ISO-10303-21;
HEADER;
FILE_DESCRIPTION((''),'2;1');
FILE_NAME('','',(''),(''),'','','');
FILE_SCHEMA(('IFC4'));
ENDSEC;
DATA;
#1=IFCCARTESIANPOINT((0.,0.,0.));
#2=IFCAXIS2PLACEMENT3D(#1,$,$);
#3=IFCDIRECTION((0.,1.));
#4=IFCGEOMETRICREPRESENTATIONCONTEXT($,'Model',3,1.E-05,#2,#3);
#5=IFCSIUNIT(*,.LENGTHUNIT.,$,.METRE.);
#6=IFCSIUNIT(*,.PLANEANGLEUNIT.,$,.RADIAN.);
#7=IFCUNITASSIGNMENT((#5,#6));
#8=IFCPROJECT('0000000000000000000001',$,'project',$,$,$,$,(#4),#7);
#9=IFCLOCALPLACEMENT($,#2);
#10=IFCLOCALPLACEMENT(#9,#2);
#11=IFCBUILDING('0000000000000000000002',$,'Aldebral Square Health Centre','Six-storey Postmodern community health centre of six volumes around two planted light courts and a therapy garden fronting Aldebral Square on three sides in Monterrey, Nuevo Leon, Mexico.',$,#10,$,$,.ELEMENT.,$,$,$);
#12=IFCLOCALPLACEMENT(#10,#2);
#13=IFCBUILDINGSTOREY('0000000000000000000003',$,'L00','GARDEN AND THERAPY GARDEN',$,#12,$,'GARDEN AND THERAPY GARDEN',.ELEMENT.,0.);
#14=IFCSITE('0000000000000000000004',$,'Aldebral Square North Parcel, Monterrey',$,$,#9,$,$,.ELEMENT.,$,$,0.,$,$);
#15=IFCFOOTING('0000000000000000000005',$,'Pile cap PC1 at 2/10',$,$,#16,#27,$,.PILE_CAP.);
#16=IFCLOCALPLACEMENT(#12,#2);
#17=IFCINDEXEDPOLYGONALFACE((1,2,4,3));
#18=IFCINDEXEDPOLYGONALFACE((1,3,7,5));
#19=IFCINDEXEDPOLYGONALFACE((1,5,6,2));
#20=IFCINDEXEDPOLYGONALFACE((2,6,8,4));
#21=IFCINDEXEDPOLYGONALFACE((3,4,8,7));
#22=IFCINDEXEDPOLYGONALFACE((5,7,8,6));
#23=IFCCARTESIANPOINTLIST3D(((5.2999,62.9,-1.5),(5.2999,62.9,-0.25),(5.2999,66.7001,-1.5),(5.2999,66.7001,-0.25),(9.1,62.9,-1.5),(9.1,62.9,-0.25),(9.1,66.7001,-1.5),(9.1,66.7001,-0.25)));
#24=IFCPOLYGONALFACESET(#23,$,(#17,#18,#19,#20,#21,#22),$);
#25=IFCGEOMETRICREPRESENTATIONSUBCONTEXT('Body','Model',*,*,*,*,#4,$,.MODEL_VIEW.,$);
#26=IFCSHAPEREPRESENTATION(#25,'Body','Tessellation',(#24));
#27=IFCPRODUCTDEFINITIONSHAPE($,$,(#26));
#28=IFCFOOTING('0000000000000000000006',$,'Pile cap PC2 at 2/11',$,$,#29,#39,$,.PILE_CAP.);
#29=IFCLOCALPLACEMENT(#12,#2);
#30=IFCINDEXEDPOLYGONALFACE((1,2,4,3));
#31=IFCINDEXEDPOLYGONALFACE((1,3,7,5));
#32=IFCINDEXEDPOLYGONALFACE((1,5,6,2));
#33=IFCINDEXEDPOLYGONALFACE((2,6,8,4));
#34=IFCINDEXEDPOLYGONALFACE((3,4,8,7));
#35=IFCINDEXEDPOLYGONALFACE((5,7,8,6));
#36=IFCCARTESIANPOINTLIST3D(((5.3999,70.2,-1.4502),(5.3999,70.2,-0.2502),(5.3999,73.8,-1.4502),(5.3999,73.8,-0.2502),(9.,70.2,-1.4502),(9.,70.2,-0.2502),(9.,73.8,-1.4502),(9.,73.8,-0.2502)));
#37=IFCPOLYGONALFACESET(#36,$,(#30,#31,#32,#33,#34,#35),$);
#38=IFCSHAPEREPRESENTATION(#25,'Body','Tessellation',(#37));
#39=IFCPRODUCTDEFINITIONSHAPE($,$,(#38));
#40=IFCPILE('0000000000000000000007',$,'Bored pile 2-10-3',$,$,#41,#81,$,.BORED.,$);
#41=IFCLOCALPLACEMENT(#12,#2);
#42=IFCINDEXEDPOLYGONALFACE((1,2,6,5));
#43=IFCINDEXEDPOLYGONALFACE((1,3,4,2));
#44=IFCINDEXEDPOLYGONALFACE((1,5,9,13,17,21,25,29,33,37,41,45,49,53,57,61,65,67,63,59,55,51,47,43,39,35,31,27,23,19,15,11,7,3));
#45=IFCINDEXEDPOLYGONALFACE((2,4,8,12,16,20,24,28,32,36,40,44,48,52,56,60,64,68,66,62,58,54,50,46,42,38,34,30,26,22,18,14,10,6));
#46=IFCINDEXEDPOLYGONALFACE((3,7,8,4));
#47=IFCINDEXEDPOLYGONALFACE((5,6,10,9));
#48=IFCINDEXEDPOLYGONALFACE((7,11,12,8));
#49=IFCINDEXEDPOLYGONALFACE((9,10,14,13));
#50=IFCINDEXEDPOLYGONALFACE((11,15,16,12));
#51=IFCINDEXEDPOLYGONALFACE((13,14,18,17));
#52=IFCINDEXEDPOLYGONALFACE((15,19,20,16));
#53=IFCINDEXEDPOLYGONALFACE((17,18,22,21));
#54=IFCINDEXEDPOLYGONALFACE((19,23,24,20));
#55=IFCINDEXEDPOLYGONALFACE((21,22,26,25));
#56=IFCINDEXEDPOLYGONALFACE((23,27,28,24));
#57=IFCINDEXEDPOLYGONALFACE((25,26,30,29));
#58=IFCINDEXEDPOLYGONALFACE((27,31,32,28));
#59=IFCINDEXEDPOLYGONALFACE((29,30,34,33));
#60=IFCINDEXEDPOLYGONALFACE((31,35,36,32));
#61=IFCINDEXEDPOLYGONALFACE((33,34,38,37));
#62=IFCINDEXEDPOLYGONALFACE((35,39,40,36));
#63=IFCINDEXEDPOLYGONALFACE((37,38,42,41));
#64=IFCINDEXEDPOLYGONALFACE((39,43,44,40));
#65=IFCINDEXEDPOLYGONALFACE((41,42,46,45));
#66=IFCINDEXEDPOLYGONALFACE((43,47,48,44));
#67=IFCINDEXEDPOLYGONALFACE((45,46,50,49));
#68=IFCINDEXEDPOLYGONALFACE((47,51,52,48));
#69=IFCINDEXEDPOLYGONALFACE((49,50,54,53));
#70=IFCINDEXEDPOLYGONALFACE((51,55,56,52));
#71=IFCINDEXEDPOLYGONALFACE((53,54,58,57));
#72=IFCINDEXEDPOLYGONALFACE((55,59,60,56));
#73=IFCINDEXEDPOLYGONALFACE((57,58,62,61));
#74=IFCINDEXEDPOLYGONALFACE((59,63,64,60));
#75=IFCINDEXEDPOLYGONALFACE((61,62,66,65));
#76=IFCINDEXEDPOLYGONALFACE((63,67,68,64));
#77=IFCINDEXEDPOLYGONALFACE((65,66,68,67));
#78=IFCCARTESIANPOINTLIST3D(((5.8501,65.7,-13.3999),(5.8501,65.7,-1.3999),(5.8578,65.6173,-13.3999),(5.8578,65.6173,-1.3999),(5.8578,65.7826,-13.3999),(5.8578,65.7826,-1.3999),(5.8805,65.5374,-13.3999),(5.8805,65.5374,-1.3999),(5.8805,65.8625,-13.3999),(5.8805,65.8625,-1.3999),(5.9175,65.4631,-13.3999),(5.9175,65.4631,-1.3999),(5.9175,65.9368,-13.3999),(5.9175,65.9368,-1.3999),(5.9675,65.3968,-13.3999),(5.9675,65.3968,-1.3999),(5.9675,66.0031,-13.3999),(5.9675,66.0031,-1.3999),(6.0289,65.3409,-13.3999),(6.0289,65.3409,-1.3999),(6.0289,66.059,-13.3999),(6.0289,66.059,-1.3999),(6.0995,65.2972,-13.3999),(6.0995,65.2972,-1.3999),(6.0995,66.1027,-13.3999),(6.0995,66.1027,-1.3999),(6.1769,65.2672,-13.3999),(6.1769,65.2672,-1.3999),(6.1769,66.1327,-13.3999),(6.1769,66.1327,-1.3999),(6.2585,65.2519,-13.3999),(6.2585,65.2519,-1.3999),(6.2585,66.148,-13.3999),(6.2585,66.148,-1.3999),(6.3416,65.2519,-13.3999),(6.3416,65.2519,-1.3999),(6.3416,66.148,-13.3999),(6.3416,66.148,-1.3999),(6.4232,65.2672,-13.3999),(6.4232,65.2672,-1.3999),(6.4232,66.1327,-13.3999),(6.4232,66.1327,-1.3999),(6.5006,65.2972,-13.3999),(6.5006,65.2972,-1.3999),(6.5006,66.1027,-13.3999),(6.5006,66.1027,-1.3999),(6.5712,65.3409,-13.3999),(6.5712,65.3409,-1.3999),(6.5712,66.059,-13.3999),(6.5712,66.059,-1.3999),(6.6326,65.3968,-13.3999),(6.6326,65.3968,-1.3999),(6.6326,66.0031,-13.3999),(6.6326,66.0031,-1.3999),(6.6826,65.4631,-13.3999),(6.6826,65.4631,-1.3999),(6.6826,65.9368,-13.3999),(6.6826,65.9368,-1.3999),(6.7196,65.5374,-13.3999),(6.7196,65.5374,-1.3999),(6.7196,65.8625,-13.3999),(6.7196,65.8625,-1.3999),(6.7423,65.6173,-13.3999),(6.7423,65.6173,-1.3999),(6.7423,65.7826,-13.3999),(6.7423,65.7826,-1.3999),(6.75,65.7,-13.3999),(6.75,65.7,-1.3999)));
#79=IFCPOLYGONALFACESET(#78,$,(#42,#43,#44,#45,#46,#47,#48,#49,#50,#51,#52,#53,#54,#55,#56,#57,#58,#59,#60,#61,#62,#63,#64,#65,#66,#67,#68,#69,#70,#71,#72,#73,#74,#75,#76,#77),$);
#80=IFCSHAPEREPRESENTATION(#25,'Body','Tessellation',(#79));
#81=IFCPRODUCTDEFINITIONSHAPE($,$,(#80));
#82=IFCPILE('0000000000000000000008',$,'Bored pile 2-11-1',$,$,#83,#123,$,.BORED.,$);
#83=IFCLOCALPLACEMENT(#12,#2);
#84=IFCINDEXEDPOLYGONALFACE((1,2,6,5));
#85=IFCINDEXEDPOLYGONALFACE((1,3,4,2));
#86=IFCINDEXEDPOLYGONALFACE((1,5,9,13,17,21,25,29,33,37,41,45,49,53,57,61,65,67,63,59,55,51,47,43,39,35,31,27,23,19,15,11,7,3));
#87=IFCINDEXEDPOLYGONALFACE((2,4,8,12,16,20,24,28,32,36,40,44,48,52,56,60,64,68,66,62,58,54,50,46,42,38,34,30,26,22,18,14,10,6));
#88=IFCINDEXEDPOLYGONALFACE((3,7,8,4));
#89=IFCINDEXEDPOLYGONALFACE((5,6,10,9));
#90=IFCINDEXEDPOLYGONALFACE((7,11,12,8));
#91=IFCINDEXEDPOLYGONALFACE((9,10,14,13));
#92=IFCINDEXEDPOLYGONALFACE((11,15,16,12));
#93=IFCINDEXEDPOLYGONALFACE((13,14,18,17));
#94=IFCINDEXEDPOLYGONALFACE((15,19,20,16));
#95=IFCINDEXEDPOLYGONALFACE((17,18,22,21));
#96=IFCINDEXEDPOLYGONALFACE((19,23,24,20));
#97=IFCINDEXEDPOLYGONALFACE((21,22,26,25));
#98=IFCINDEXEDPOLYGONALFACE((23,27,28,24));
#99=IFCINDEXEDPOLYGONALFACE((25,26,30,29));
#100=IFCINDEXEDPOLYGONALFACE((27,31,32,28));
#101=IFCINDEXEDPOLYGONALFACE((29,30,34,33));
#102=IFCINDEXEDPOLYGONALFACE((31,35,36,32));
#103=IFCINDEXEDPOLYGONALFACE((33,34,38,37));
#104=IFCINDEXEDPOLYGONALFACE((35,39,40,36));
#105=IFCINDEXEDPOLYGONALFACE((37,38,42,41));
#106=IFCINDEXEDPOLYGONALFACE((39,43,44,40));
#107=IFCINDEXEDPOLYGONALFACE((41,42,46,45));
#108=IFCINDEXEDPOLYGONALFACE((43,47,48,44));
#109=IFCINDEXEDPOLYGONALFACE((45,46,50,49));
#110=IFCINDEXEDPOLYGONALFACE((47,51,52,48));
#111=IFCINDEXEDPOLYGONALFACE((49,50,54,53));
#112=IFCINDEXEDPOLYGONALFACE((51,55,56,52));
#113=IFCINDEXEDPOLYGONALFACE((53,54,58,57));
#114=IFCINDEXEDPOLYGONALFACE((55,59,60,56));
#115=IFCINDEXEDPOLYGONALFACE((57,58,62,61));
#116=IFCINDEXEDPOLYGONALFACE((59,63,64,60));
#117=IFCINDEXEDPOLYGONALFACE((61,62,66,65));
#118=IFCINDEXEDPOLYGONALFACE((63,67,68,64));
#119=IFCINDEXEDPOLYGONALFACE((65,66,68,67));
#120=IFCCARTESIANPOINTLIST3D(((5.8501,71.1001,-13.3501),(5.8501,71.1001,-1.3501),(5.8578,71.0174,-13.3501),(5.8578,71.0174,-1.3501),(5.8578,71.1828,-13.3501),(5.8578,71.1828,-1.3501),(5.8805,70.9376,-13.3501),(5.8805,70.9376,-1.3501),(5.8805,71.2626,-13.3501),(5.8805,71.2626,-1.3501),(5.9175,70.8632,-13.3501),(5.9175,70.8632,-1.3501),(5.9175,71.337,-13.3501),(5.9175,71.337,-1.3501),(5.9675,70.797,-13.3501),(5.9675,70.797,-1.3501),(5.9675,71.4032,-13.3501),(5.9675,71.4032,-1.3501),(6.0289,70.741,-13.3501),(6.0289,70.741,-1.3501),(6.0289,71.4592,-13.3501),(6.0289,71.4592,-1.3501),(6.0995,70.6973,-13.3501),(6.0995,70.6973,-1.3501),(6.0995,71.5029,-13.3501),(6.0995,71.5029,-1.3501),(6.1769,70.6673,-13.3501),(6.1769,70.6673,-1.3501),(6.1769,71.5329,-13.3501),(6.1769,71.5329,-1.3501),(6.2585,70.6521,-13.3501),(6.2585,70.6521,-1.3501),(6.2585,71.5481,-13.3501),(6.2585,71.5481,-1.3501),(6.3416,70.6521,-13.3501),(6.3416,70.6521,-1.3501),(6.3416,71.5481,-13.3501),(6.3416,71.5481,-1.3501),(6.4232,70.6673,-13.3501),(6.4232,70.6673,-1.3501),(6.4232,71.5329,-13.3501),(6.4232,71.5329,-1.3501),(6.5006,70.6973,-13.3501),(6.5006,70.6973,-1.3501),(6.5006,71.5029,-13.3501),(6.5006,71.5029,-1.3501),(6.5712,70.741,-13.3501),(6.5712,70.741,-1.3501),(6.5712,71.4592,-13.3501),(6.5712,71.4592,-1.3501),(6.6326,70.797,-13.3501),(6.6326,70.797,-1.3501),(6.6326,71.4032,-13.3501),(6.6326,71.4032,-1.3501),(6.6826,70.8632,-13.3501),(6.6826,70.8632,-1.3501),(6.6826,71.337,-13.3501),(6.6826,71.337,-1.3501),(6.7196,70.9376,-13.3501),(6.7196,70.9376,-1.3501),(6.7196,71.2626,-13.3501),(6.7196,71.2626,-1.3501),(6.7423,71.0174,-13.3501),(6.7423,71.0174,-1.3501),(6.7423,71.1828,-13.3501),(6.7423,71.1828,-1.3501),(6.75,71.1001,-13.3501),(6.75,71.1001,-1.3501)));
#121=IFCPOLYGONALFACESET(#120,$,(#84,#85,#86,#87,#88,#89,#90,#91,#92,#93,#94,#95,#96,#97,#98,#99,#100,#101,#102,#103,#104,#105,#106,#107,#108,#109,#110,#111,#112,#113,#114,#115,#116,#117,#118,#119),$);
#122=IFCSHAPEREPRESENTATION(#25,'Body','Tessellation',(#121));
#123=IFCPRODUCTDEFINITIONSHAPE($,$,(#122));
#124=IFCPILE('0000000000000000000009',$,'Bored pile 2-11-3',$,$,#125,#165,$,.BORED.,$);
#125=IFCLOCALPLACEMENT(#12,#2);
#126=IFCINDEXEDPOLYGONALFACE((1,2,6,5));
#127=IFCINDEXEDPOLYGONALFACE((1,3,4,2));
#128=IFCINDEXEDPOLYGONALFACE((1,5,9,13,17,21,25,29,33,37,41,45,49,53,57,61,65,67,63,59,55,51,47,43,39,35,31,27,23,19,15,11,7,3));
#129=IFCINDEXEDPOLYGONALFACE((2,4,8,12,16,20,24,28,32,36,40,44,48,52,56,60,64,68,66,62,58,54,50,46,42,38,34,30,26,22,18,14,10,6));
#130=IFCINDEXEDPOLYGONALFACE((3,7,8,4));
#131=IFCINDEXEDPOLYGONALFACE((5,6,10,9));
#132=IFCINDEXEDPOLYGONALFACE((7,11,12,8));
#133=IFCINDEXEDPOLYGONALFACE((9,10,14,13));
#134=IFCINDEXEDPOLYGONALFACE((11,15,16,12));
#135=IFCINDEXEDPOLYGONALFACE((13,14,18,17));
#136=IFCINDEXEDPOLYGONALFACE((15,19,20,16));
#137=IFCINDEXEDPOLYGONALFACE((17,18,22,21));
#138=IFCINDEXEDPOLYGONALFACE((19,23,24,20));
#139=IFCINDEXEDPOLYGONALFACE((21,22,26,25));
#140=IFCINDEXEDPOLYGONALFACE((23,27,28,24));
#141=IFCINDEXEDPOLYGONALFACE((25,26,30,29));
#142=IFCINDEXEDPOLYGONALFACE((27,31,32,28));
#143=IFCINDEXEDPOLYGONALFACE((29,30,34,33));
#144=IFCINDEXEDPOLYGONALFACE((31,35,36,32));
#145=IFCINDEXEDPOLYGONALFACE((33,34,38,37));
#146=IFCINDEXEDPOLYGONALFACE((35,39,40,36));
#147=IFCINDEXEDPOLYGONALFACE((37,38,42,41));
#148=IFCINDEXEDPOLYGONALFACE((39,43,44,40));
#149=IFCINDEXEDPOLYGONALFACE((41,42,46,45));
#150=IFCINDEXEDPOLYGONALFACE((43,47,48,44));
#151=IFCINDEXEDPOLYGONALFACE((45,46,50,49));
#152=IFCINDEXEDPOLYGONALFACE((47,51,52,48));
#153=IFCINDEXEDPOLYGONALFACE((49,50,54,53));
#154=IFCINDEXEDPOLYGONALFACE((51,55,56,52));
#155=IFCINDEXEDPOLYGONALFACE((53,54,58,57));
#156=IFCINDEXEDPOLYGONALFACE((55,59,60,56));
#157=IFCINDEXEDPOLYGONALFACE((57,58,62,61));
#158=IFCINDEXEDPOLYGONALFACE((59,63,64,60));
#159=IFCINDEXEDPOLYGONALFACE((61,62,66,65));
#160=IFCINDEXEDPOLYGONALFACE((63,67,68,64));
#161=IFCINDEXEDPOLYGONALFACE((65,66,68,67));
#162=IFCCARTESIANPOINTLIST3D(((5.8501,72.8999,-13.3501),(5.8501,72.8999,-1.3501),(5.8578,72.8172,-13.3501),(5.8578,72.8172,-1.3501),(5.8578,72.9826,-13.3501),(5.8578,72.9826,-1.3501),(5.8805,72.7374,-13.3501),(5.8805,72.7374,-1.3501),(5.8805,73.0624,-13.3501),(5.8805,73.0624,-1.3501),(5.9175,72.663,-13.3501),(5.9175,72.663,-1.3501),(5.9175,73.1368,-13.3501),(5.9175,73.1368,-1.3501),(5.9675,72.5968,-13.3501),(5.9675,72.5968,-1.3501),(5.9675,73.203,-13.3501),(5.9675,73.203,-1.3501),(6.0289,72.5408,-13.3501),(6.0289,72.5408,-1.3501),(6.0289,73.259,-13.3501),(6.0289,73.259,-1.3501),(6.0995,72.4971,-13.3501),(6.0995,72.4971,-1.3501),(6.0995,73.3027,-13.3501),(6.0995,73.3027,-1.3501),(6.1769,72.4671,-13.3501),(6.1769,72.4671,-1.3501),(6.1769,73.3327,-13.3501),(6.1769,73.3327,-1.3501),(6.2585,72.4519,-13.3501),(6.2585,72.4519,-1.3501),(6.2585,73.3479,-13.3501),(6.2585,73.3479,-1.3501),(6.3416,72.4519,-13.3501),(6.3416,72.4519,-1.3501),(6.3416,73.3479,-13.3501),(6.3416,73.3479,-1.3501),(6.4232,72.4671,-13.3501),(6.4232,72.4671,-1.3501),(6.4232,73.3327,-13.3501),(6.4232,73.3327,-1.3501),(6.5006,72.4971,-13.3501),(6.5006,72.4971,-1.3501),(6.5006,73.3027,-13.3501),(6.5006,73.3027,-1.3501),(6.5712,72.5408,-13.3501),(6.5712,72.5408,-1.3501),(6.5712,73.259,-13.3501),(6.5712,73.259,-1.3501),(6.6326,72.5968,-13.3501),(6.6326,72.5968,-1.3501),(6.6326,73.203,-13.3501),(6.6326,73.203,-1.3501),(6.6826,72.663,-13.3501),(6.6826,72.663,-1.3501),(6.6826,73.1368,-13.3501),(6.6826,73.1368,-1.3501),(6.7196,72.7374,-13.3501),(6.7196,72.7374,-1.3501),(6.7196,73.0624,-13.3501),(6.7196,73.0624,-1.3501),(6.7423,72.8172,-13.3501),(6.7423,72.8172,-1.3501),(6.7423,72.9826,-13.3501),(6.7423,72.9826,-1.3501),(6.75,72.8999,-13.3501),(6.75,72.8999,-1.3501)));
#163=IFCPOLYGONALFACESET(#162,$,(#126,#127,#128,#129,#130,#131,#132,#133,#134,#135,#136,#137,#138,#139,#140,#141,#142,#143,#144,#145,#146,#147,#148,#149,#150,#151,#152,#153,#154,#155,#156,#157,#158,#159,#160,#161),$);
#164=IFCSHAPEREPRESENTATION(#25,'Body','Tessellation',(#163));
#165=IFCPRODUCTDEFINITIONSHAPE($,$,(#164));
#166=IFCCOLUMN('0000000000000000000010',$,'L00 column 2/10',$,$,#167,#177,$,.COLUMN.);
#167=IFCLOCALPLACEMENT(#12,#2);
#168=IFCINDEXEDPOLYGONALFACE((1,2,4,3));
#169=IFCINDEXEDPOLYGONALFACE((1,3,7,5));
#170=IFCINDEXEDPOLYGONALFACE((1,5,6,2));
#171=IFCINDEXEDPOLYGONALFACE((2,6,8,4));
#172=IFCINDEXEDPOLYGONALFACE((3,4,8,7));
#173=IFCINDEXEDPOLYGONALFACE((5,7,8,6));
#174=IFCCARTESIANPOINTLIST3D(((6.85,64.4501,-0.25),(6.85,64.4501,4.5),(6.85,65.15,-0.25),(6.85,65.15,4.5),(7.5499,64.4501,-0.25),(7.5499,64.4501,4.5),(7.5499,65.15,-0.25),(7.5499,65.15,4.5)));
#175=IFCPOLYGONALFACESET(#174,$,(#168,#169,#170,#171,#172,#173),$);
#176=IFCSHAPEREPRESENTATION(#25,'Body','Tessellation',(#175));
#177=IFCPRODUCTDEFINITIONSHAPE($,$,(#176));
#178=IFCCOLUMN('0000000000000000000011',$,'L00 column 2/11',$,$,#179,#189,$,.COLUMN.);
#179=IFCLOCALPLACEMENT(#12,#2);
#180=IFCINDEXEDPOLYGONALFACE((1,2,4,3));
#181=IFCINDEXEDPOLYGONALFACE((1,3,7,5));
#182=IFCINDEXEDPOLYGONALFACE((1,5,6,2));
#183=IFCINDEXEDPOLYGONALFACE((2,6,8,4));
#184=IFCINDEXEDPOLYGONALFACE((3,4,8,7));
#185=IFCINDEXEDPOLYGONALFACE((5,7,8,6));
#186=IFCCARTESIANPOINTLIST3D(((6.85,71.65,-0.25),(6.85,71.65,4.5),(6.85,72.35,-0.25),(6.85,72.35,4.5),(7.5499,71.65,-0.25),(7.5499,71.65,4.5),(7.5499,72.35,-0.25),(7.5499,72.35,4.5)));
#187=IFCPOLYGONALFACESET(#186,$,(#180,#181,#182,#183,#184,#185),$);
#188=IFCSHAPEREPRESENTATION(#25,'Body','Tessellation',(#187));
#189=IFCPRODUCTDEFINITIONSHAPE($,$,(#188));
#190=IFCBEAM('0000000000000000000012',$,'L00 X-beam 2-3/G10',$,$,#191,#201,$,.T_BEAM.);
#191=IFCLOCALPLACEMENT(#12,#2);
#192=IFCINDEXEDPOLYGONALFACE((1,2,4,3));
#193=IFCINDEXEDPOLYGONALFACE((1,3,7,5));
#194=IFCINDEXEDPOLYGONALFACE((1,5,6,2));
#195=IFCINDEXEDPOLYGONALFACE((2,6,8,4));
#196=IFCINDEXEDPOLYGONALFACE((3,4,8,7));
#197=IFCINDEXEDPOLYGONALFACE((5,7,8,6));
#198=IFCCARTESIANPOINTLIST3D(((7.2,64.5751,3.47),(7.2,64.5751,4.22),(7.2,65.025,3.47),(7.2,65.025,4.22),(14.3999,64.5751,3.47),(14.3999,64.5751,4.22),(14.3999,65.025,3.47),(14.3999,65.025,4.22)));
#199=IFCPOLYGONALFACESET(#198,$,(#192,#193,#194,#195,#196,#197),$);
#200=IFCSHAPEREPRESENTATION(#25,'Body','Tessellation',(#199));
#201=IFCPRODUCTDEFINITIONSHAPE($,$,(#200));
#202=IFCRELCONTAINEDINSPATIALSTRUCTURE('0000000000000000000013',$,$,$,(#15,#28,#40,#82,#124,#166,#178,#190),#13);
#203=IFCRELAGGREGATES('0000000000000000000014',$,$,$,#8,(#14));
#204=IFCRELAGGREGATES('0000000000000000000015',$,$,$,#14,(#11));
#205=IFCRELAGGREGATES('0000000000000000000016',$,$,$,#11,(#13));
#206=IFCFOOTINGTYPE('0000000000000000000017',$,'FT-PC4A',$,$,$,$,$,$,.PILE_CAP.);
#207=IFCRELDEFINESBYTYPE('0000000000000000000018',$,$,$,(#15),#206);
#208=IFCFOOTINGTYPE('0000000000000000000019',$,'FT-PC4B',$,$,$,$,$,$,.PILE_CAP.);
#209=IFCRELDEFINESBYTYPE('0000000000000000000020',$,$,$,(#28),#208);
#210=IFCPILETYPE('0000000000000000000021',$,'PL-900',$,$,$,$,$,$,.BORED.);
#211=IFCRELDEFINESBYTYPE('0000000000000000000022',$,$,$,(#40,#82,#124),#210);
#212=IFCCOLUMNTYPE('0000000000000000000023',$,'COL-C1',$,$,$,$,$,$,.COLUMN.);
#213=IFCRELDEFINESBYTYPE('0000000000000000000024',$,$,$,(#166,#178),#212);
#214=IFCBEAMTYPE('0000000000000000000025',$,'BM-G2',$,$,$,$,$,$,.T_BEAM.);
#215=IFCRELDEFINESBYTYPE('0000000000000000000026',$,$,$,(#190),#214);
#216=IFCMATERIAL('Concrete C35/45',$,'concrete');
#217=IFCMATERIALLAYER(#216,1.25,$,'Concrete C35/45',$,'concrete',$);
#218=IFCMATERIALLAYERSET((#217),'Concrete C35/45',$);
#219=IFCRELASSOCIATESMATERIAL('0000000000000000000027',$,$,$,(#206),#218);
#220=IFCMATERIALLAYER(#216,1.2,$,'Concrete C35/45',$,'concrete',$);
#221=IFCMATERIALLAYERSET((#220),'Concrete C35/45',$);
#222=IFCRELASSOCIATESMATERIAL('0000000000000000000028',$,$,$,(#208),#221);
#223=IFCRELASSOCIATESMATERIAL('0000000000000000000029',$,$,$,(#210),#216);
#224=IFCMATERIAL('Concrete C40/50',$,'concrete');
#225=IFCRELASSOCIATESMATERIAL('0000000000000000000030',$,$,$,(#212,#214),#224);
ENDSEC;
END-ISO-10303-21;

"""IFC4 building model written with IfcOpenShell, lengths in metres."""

from ifc_helpers import new_model, si_unit, direction, frame, origin, origin_2d, place, context, subcontext, project, spatial, rectangle, circle, extrude, material, layer, layer_set, material_profile, profile_set, type_object, element, save


model = new_model("IFC4")

# Units and contexts
model_context = context("Model", 3, precision=1e-05, world=origin(), true_north=direction((0.0, 1.0)))
body_context = subcontext(model_context, "Body", "Model", "MODEL_VIEW")
ifc_project = project(units=[si_unit("LENGTHUNIT", "METRE"), si_unit("PLANEANGLEUNIT", "RADIAN")], contexts=[model_context])

# Site, building, storey
site_placement = place(None, origin())
site = spatial("IfcSite", under=ifc_project, at=site_placement, Name="Aldebral Square North Parcel, Monterrey", CompositionType="ELEMENT", RefElevation=0.0)
building_placement = place(site_placement, origin())
building = spatial("IfcBuilding", under=site, at=building_placement, Name="Aldebral Square Health Centre", Description="Six-storey Postmodern community health centre of six volumes around two planted light courts and a therapy garden fronting Aldebral Square on three sides in Monterrey, Nuevo Leon, Mexico.", CompositionType="ELEMENT")
storey_placement = place(building_placement, origin())
storey = spatial("IfcBuildingStorey", under=building, at=storey_placement, Name="L00", Description="GARDEN AND THERAPY GARDEN", LongName="GARDEN AND THERAPY GARDEN", CompositionType="ELEMENT", Elevation=0.0)

# Footings
ifc_material_1 = material(Name="Concrete C35/45", Category="concrete")
ifc_layer_1 = layer(ifc_material_1, 1.25, Name="Concrete C35/45", Category="concrete")
ifc_layer_set_1 = layer_set([ifc_layer_1], Name="Concrete C35/45")
footing_type_1 = type_object("IfcFootingType", Name="FT-PC4A", PredefinedType="PILE_CAP", material=ifc_layer_set_1)
footing_1_placement = place(storey_placement, frame((7.2, 64.8, -1.5), z_axis=(0.0, 0.0, 1.0), x_axis=(1.0, 0.0, 0.0)))
element("IfcFooting", 1, at=footing_1_placement, inside=storey, type_object=footing_type_1, Name="Pile cap PC1 at 2/10", PredefinedType="PILE_CAP", context=body_context, shape_type="SweptSolid", body=[
    extrude(rectangle(XDim=3.8, YDim=3.8, at=origin_2d()), origin(), (0.0, 0.0, 1.0), 1.25),
])
ifc_layer_2 = layer(ifc_material_1, 1.2, Name="Concrete C35/45", Category="concrete")
ifc_layer_set_2 = layer_set([ifc_layer_2], Name="Concrete C35/45")
footing_type_2 = type_object("IfcFootingType", Name="FT-PC4B", PredefinedType="PILE_CAP", material=ifc_layer_set_2)
footing_2_placement = place(storey_placement, frame((7.2, 72.0, -1.4502), z_axis=(0.0, 0.0, 1.0), x_axis=(1.0, 0.0, 0.0)))
element("IfcFooting", 2, at=footing_2_placement, inside=storey, type_object=footing_type_2, Name="Pile cap PC2 at 2/11", PredefinedType="PILE_CAP", context=body_context, shape_type="SweptSolid", body=[
    extrude(rectangle(XDim=3.6001, YDim=3.6001, at=origin_2d()), origin(), (0.0, 0.0, 1.0), 1.2),
])

# Piles
ifc_material_profile_1 = material_profile(ifc_material_1, circle(Radius=0.45, at=origin_2d()), Name="PILE D900")
ifc_profile_set_1 = profile_set([ifc_material_profile_1], Name="Concrete C35/45")
pile_type = type_object("IfcPileType", Name="PL-900", PredefinedType="BORED", material=ifc_profile_set_1)
for number, where, z_axis, x_axis, name in (
    (3, (6.3, 65.7, -1.3999), (0.0, 0.0, -1.0), (1.0, 0.0, 0.0), "Bored pile 2-10-3"),
    (4, (6.3, 71.1001, -1.3501), (0.0, 0.0, -1.0), (1.0, 0.0, 0.0), "Bored pile 2-11-1"),
    (5, (6.3, 72.8999, -1.3501), (0.0, 0.0, -1.0), (1.0, 0.0, 0.0), "Bored pile 2-11-3"),
):
    element("IfcPile", number, at=place(storey_placement, frame(where, z_axis=z_axis, x_axis=x_axis)), inside=storey, type_object=pile_type, Name=name, PredefinedType="BORED", context=body_context, shape_type="SweptSolid", body=[
        extrude(circle(Radius=0.45, at=origin_2d()), origin(), (0.0, 0.0, 1.0), 12.0),
    ])

# Columns
ifc_material_2 = material(Name="Concrete C40/50", Category="concrete")
ifc_material_profile_2 = material_profile(ifc_material_2, rectangle(XDim=0.7, YDim=0.7, at=origin_2d()), Name="RC 700x700")
ifc_profile_set_2 = profile_set([ifc_material_profile_2], Name="Concrete C40/50")
column_type = type_object("IfcColumnType", Name="COL-C1", PredefinedType="COLUMN", material=ifc_profile_set_2)
for number, where, z_axis, x_axis, name in (
    (6, (7.2, 64.8, -0.25), (0.0, 0.0, 1.0), (1.0, 0.0, 0.0), "L00 column 2/10"),
    (7, (7.2, 72.0, -0.25), (0.0, 0.0, 1.0), (1.0, 0.0, 0.0), "L00 column 2/11"),
):
    element("IfcColumn", number, at=place(storey_placement, frame(where, z_axis=z_axis, x_axis=x_axis)), inside=storey, type_object=column_type, Name=name, PredefinedType="COLUMN", context=body_context, shape_type="SweptSolid", body=[
        extrude(rectangle(XDim=0.7, YDim=0.7, at=origin_2d()), origin(), (0.0, 0.0, 1.0), 4.75),
    ])

# Beam
ifc_material_profile_3 = material_profile(ifc_material_2, rectangle(XDim=0.45, YDim=0.75, at=origin_2d()), Name="RC 450x750")
ifc_profile_set_3 = profile_set([ifc_material_profile_3], Name="Concrete C40/50")
beam_type_1 = type_object("IfcBeamType", Name="BM-G2", PredefinedType="T_BEAM", material=ifc_profile_set_3)
beam_placement = place(storey_placement, frame((7.2, 64.8, 3.845), z_axis=(1.0, 0.0, 0.0), x_axis=(0.0, 1.0, 0.0)))
element("IfcBeam", 8, at=beam_placement, inside=storey, type_object=beam_type_1, Name="L00 X-beam 2-3/G10", PredefinedType="T_BEAM", context=body_context, shape_type="SweptSolid", body=[
    extrude(rectangle(XDim=0.45, YDim=0.75, at=origin_2d()), origin(), (0.0, 0.0, 1.0), 7.2),
])

save(model, "model.ifc")
